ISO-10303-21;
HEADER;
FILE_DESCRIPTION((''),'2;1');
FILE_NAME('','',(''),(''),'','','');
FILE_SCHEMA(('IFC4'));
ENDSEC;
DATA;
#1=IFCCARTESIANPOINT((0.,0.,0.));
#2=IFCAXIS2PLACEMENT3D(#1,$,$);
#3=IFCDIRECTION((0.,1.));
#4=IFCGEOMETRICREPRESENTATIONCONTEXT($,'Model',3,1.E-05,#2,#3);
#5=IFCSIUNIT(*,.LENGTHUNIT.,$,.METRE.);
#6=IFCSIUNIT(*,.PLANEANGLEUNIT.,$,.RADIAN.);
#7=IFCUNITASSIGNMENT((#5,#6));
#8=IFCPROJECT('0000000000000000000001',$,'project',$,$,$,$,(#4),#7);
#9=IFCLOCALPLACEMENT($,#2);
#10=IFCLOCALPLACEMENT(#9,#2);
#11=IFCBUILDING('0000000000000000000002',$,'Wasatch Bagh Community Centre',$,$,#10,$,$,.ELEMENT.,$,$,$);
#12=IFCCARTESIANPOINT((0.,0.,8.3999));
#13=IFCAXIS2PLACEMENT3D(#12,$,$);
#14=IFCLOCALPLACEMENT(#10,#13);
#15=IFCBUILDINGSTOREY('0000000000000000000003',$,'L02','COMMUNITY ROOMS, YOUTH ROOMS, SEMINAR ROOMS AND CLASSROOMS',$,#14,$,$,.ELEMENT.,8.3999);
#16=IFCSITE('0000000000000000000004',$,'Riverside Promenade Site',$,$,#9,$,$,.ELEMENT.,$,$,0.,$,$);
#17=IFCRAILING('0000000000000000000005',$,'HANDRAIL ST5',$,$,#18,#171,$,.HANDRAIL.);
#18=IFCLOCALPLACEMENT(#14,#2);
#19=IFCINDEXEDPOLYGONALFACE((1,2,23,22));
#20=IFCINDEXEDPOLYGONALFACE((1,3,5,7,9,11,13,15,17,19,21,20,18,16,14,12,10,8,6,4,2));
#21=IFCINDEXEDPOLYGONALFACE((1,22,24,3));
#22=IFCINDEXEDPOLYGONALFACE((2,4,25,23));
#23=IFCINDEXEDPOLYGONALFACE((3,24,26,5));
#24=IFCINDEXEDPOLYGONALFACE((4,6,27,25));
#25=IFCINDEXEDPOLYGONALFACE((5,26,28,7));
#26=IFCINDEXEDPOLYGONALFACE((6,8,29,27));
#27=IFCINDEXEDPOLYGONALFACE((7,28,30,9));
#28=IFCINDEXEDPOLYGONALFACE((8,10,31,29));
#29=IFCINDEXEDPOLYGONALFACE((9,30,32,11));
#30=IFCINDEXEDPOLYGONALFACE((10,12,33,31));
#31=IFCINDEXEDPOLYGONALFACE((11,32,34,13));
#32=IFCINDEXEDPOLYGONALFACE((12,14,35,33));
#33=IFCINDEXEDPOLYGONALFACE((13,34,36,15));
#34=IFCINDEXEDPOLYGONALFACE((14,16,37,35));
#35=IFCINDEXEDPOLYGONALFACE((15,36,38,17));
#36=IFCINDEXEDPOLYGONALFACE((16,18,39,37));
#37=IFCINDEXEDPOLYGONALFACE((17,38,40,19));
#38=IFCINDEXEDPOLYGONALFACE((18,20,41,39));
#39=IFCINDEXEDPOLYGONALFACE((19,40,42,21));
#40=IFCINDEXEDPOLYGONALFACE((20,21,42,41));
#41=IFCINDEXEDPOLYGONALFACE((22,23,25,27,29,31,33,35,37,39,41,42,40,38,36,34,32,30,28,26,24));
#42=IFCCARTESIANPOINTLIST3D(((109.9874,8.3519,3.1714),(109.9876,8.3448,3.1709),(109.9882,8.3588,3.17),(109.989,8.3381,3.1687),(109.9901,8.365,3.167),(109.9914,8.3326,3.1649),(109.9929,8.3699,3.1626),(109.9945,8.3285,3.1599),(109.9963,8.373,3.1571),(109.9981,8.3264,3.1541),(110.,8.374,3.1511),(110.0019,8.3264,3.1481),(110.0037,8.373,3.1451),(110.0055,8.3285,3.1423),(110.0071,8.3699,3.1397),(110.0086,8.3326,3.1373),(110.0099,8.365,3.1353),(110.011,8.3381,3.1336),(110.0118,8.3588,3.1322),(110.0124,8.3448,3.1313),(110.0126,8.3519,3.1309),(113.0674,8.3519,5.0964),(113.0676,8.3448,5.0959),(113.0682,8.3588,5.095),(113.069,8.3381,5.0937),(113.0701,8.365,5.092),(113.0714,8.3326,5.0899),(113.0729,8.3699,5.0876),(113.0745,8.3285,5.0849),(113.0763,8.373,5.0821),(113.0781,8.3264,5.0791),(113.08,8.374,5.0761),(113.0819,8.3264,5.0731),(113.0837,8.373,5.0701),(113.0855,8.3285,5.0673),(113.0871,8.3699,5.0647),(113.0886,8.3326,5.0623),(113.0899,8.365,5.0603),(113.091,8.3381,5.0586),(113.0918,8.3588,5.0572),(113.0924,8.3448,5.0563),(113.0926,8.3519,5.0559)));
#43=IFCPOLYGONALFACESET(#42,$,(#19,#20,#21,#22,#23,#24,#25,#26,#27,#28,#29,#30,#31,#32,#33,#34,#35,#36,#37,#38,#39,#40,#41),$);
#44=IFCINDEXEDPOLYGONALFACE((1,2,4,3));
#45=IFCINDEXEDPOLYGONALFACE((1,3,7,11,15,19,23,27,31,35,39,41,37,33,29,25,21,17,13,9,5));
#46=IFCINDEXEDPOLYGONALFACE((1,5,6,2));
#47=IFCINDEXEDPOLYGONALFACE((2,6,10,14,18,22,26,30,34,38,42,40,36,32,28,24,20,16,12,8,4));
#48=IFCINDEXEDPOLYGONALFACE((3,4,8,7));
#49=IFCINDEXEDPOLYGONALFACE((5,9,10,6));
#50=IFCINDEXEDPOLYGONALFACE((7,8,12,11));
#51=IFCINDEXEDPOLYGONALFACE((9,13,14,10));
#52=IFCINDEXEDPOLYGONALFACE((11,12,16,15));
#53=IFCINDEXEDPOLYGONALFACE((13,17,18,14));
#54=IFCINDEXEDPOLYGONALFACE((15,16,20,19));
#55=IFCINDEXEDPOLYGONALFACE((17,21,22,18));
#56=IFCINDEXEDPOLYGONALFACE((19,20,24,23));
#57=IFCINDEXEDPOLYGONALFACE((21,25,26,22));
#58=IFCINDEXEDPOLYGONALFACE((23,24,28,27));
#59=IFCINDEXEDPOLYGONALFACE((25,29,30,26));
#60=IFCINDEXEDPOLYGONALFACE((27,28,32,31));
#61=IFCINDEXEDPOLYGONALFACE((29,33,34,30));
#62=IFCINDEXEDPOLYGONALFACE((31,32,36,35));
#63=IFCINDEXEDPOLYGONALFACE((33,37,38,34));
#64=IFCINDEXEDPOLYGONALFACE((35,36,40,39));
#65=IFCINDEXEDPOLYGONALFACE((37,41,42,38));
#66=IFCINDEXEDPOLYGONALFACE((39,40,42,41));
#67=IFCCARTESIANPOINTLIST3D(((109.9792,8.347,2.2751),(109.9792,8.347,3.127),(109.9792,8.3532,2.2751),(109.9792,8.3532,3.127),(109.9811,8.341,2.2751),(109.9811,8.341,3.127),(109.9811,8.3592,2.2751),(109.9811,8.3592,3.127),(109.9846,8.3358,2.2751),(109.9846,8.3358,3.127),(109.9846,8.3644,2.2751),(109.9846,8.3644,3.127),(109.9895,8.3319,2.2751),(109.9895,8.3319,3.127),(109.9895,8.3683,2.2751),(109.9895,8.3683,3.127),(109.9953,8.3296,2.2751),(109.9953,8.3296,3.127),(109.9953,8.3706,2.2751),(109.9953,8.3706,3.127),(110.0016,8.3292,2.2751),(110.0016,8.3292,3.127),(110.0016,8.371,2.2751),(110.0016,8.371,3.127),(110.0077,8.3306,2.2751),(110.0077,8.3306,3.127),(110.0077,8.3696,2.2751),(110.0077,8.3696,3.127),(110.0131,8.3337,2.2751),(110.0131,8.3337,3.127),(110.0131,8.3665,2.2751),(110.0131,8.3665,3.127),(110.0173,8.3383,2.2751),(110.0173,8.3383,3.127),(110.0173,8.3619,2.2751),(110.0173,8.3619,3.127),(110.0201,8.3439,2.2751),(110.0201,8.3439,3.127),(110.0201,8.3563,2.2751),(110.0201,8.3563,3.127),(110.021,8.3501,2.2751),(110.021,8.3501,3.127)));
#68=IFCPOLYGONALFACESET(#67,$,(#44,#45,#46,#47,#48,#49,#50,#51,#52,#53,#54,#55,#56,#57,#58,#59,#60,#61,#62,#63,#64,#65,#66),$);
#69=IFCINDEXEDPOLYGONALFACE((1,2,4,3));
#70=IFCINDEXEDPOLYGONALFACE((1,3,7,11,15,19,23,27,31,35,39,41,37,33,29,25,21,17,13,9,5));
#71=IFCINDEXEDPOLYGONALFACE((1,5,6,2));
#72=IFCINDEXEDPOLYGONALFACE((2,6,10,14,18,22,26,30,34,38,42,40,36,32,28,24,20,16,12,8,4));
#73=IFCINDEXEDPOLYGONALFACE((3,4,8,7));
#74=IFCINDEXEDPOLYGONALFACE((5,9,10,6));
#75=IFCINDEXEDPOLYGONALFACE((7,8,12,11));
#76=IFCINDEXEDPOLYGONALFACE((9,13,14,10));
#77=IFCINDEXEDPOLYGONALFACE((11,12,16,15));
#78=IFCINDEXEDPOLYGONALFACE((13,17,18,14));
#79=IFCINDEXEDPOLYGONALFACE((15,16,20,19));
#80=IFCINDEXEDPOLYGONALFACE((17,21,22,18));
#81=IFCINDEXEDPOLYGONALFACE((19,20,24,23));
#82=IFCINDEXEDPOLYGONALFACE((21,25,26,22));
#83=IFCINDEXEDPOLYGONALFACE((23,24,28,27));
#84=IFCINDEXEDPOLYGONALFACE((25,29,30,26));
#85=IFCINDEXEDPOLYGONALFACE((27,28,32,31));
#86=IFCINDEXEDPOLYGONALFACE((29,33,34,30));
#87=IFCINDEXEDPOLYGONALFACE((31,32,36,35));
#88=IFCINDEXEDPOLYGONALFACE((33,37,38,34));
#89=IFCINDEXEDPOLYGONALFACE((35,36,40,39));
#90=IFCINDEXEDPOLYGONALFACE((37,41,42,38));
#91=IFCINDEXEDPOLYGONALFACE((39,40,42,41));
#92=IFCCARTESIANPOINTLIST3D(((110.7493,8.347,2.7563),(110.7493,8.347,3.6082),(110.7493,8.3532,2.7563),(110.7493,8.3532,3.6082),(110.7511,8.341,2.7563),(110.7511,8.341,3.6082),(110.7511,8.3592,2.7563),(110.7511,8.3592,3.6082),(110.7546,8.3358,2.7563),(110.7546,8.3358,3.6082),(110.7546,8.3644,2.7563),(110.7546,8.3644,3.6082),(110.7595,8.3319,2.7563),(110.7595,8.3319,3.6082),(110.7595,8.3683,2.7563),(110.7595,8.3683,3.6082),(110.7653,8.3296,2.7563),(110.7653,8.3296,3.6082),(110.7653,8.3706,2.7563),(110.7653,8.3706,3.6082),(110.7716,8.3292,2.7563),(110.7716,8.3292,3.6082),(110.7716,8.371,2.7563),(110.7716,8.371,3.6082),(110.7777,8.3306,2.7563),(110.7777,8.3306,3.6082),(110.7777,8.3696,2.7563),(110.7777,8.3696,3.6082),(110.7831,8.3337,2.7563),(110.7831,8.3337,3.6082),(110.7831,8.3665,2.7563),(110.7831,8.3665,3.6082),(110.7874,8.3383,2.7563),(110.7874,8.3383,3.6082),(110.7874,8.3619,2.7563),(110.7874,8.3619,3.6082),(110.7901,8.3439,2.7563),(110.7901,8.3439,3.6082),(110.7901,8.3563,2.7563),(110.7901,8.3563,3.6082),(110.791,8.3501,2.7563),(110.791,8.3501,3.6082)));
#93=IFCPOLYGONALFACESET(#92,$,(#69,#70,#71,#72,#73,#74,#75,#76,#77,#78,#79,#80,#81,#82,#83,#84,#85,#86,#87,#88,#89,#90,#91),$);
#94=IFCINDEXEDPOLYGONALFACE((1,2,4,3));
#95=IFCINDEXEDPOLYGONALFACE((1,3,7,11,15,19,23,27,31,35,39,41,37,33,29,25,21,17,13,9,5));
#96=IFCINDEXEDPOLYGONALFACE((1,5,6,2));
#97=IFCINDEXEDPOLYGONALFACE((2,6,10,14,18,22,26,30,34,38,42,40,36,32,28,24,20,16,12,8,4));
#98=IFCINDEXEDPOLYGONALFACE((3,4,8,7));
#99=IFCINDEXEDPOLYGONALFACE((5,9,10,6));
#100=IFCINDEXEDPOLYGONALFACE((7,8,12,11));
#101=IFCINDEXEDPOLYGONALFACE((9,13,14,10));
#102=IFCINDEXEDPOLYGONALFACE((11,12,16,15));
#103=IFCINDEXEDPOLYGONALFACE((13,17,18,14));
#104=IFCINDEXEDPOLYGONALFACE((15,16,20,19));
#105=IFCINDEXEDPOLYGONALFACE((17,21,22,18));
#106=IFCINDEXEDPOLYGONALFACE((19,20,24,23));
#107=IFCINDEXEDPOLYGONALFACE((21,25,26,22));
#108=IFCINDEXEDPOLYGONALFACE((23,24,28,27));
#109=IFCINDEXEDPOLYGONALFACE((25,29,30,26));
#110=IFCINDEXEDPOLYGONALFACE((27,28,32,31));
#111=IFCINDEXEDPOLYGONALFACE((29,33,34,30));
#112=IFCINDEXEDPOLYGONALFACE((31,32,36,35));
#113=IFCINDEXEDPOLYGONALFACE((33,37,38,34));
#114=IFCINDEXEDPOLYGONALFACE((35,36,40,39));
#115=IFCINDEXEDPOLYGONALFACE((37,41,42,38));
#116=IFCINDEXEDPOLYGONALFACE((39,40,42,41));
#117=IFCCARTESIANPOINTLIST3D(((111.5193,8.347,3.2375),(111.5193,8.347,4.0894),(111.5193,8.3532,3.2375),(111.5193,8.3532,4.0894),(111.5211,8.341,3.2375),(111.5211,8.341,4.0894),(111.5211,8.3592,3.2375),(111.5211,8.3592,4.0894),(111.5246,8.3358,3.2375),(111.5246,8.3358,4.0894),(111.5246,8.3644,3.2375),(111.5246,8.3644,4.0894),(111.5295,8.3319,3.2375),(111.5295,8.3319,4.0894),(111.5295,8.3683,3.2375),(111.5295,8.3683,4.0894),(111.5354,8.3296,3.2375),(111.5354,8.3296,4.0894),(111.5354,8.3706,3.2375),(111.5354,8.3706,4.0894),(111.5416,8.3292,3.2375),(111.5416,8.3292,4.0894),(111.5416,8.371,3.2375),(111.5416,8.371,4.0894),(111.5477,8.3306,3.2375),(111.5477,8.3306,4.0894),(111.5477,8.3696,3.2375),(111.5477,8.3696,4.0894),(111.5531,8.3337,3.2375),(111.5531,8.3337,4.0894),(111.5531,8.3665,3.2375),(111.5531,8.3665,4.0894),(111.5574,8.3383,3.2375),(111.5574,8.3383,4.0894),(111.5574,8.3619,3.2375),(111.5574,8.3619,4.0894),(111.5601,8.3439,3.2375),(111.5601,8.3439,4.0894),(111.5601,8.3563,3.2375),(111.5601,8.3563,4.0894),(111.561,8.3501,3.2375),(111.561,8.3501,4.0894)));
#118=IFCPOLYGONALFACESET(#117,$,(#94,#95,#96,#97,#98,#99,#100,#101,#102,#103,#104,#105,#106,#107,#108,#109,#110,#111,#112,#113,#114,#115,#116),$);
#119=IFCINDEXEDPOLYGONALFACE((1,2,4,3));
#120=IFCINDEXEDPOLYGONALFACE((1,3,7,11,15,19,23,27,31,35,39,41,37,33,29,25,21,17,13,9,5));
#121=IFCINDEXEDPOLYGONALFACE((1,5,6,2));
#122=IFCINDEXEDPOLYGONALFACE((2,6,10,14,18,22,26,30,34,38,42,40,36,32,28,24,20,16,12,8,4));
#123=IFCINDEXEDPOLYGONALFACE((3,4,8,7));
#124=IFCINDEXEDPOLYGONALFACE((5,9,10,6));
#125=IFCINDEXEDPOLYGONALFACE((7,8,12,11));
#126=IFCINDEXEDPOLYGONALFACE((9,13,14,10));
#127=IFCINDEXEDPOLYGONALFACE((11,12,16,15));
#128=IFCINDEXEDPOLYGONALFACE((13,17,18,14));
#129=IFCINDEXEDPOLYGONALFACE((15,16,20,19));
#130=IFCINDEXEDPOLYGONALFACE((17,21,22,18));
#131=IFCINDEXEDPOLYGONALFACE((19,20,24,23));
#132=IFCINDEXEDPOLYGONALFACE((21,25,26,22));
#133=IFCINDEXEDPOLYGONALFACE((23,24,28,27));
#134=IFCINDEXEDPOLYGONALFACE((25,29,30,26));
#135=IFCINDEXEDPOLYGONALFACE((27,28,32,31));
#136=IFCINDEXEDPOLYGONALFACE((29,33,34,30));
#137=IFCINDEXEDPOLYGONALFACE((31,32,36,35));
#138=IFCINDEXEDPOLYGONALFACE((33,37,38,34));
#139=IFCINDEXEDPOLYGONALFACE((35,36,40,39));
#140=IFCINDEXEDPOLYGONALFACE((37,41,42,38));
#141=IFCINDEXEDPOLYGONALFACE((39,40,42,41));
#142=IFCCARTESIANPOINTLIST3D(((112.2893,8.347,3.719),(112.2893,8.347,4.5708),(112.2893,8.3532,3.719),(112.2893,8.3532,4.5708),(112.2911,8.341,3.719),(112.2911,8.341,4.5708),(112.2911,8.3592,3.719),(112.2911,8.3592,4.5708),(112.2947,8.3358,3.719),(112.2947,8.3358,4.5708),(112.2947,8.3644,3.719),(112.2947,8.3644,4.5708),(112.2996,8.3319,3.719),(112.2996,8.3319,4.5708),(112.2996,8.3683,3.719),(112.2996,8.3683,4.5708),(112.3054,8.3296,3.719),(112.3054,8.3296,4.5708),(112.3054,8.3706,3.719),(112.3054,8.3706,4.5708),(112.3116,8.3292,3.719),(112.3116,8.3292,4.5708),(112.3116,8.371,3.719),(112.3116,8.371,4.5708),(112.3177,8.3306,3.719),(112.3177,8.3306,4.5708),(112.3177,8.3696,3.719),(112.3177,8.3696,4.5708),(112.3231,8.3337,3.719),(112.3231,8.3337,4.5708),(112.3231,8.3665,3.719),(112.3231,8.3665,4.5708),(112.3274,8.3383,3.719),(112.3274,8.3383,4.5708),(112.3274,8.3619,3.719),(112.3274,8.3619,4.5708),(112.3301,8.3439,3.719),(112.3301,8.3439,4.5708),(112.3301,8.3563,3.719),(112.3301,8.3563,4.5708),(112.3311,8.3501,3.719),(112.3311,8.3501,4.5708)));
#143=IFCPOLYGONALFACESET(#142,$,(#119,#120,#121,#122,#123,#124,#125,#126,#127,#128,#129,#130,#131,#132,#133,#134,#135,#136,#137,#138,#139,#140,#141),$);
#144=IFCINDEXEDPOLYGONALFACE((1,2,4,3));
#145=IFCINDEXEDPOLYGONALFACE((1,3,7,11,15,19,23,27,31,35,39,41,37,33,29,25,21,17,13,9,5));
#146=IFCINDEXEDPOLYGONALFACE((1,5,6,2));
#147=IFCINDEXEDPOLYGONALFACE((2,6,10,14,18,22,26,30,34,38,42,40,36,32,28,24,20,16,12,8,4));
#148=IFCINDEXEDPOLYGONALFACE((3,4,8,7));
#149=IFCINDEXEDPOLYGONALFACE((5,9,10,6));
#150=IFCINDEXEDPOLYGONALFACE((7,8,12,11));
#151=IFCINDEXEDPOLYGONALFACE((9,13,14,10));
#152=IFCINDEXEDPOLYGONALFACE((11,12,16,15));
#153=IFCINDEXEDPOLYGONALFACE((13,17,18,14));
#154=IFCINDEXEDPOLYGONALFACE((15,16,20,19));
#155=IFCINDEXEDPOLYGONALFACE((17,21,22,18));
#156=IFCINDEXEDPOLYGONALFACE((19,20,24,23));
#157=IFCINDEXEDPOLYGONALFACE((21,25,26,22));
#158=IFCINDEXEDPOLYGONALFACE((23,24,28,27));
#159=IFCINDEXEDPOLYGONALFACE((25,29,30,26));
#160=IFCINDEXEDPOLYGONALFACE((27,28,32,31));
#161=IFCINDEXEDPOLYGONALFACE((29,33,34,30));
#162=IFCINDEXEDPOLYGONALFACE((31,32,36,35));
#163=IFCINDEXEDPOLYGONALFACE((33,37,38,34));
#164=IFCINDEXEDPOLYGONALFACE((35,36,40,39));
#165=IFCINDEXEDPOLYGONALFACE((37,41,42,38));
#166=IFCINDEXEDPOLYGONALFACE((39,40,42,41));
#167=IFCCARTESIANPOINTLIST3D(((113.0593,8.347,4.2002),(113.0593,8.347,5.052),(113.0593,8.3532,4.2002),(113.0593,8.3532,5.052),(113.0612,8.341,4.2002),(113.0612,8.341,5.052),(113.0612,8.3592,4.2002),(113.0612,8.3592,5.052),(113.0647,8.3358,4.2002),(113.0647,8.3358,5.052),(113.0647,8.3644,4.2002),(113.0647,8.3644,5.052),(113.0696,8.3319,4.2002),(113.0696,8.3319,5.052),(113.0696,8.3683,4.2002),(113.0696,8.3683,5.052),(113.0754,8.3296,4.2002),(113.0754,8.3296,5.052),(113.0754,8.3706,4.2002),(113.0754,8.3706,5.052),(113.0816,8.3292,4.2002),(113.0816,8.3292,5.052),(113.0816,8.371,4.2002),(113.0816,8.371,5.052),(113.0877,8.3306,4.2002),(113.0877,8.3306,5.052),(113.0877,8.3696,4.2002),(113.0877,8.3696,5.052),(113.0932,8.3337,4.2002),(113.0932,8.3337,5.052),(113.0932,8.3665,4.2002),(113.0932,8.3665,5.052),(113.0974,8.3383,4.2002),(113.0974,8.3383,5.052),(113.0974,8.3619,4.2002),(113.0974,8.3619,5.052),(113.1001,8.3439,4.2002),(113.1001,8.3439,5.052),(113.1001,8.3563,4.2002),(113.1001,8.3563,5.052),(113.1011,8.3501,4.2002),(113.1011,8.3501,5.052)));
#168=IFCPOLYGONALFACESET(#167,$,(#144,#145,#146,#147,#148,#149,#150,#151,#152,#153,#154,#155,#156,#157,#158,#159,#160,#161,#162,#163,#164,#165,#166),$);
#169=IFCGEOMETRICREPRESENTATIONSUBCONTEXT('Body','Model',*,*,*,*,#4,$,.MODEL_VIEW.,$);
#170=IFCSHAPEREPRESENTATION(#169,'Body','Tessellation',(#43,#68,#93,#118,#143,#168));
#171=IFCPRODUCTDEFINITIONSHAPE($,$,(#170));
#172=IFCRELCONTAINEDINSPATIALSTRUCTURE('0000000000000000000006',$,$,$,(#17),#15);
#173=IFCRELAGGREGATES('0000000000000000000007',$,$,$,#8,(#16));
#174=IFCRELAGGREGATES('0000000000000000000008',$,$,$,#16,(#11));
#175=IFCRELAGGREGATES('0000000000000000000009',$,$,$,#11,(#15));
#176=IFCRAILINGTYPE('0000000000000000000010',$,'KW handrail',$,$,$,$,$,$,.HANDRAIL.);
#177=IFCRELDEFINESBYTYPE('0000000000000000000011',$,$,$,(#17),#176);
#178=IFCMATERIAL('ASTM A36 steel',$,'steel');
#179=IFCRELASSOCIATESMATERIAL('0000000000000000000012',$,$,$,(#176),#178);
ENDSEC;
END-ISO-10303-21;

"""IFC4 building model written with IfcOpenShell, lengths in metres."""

from ifc_helpers import new_model, si_unit, direction, frame, origin, origin_2d, place, context, subcontext, project, spatial, circle, extrude, material, type_object, element, save


model = new_model("IFC4")

# Units and contexts
model_context = context("Model", 3, precision=1e-05, world=origin(), true_north=direction((0.0, 1.0)))
body_context = subcontext(model_context, "Body", "Model", "MODEL_VIEW")
ifc_project = project(units=[si_unit("LENGTHUNIT", "METRE"), si_unit("PLANEANGLEUNIT", "RADIAN")], contexts=[model_context])

# Site, building, storey
site_placement = place(None, origin())
site = spatial("IfcSite", under=ifc_project, at=site_placement, Name="Riverside Promenade Site", CompositionType="ELEMENT", RefElevation=0.0)
building_placement = place(site_placement, origin())
building = spatial("IfcBuilding", under=site, at=building_placement, Name="Wasatch Bagh Community Centre", CompositionType="ELEMENT")
storey_placement = place(building_placement, frame((0.0, 0.0, 8.3999)))
storey = spatial("IfcBuildingStorey", under=building, at=storey_placement, Name="L02", Description="COMMUNITY ROOMS, YOUTH ROOMS, SEMINAR ROOMS AND CLASSROOMS", CompositionType="ELEMENT", Elevation=8.3999)

# Railing
ifc_material_1 = material(Name="ASTM A36 steel", Category="steel")
railing_type_1 = type_object("IfcRailingType", Name="KW handrail", PredefinedType="HANDRAIL", material=ifc_material_1)
for number, where, name in (
    (1, (110.0, 8.3501, 2.2751), "HANDRAIL ST5"),
):
    element("IfcRailing", number, at=place(storey_placement, frame(where)), inside=storey, type_object=railing_type_1, Name=name, PredefinedType="HANDRAIL", context=body_context, shape_type="SweptSolid", body=[
        extrude(circle(Radius=0.0239, at=origin_2d()), frame((0.0, 0.0, 0.876), z_axis=(0.847998, 0.0, 0.529999), x_axis=(0.0, 1.0, 0.0)), (0.0, 0.0, 1.0), 3.6321),
        extrude(circle(Radius=0.021, at=origin_2d()), origin(), (0.0, 0.0, 1.0), 0.8518),
        extrude(circle(Radius=0.021, at=origin_2d()), frame((0.77, 0.0, 0.4812)), (0.0, 0.0, 1.0), 0.8518),
        extrude(circle(Radius=0.021, at=origin_2d()), frame((1.54, 0.0, 0.9624)), (0.0, 0.0, 1.0), 0.8518),
        extrude(circle(Radius=0.021, at=origin_2d()), frame((2.3101, 0.0, 1.4438)), (0.0, 0.0, 1.0), 0.8518),
        extrude(circle(Radius=0.021, at=origin_2d()), frame((3.0801, 0.0, 1.925)), (0.0, 0.0, 1.0), 0.8518),
    ])

save(model, "model.ifc")
